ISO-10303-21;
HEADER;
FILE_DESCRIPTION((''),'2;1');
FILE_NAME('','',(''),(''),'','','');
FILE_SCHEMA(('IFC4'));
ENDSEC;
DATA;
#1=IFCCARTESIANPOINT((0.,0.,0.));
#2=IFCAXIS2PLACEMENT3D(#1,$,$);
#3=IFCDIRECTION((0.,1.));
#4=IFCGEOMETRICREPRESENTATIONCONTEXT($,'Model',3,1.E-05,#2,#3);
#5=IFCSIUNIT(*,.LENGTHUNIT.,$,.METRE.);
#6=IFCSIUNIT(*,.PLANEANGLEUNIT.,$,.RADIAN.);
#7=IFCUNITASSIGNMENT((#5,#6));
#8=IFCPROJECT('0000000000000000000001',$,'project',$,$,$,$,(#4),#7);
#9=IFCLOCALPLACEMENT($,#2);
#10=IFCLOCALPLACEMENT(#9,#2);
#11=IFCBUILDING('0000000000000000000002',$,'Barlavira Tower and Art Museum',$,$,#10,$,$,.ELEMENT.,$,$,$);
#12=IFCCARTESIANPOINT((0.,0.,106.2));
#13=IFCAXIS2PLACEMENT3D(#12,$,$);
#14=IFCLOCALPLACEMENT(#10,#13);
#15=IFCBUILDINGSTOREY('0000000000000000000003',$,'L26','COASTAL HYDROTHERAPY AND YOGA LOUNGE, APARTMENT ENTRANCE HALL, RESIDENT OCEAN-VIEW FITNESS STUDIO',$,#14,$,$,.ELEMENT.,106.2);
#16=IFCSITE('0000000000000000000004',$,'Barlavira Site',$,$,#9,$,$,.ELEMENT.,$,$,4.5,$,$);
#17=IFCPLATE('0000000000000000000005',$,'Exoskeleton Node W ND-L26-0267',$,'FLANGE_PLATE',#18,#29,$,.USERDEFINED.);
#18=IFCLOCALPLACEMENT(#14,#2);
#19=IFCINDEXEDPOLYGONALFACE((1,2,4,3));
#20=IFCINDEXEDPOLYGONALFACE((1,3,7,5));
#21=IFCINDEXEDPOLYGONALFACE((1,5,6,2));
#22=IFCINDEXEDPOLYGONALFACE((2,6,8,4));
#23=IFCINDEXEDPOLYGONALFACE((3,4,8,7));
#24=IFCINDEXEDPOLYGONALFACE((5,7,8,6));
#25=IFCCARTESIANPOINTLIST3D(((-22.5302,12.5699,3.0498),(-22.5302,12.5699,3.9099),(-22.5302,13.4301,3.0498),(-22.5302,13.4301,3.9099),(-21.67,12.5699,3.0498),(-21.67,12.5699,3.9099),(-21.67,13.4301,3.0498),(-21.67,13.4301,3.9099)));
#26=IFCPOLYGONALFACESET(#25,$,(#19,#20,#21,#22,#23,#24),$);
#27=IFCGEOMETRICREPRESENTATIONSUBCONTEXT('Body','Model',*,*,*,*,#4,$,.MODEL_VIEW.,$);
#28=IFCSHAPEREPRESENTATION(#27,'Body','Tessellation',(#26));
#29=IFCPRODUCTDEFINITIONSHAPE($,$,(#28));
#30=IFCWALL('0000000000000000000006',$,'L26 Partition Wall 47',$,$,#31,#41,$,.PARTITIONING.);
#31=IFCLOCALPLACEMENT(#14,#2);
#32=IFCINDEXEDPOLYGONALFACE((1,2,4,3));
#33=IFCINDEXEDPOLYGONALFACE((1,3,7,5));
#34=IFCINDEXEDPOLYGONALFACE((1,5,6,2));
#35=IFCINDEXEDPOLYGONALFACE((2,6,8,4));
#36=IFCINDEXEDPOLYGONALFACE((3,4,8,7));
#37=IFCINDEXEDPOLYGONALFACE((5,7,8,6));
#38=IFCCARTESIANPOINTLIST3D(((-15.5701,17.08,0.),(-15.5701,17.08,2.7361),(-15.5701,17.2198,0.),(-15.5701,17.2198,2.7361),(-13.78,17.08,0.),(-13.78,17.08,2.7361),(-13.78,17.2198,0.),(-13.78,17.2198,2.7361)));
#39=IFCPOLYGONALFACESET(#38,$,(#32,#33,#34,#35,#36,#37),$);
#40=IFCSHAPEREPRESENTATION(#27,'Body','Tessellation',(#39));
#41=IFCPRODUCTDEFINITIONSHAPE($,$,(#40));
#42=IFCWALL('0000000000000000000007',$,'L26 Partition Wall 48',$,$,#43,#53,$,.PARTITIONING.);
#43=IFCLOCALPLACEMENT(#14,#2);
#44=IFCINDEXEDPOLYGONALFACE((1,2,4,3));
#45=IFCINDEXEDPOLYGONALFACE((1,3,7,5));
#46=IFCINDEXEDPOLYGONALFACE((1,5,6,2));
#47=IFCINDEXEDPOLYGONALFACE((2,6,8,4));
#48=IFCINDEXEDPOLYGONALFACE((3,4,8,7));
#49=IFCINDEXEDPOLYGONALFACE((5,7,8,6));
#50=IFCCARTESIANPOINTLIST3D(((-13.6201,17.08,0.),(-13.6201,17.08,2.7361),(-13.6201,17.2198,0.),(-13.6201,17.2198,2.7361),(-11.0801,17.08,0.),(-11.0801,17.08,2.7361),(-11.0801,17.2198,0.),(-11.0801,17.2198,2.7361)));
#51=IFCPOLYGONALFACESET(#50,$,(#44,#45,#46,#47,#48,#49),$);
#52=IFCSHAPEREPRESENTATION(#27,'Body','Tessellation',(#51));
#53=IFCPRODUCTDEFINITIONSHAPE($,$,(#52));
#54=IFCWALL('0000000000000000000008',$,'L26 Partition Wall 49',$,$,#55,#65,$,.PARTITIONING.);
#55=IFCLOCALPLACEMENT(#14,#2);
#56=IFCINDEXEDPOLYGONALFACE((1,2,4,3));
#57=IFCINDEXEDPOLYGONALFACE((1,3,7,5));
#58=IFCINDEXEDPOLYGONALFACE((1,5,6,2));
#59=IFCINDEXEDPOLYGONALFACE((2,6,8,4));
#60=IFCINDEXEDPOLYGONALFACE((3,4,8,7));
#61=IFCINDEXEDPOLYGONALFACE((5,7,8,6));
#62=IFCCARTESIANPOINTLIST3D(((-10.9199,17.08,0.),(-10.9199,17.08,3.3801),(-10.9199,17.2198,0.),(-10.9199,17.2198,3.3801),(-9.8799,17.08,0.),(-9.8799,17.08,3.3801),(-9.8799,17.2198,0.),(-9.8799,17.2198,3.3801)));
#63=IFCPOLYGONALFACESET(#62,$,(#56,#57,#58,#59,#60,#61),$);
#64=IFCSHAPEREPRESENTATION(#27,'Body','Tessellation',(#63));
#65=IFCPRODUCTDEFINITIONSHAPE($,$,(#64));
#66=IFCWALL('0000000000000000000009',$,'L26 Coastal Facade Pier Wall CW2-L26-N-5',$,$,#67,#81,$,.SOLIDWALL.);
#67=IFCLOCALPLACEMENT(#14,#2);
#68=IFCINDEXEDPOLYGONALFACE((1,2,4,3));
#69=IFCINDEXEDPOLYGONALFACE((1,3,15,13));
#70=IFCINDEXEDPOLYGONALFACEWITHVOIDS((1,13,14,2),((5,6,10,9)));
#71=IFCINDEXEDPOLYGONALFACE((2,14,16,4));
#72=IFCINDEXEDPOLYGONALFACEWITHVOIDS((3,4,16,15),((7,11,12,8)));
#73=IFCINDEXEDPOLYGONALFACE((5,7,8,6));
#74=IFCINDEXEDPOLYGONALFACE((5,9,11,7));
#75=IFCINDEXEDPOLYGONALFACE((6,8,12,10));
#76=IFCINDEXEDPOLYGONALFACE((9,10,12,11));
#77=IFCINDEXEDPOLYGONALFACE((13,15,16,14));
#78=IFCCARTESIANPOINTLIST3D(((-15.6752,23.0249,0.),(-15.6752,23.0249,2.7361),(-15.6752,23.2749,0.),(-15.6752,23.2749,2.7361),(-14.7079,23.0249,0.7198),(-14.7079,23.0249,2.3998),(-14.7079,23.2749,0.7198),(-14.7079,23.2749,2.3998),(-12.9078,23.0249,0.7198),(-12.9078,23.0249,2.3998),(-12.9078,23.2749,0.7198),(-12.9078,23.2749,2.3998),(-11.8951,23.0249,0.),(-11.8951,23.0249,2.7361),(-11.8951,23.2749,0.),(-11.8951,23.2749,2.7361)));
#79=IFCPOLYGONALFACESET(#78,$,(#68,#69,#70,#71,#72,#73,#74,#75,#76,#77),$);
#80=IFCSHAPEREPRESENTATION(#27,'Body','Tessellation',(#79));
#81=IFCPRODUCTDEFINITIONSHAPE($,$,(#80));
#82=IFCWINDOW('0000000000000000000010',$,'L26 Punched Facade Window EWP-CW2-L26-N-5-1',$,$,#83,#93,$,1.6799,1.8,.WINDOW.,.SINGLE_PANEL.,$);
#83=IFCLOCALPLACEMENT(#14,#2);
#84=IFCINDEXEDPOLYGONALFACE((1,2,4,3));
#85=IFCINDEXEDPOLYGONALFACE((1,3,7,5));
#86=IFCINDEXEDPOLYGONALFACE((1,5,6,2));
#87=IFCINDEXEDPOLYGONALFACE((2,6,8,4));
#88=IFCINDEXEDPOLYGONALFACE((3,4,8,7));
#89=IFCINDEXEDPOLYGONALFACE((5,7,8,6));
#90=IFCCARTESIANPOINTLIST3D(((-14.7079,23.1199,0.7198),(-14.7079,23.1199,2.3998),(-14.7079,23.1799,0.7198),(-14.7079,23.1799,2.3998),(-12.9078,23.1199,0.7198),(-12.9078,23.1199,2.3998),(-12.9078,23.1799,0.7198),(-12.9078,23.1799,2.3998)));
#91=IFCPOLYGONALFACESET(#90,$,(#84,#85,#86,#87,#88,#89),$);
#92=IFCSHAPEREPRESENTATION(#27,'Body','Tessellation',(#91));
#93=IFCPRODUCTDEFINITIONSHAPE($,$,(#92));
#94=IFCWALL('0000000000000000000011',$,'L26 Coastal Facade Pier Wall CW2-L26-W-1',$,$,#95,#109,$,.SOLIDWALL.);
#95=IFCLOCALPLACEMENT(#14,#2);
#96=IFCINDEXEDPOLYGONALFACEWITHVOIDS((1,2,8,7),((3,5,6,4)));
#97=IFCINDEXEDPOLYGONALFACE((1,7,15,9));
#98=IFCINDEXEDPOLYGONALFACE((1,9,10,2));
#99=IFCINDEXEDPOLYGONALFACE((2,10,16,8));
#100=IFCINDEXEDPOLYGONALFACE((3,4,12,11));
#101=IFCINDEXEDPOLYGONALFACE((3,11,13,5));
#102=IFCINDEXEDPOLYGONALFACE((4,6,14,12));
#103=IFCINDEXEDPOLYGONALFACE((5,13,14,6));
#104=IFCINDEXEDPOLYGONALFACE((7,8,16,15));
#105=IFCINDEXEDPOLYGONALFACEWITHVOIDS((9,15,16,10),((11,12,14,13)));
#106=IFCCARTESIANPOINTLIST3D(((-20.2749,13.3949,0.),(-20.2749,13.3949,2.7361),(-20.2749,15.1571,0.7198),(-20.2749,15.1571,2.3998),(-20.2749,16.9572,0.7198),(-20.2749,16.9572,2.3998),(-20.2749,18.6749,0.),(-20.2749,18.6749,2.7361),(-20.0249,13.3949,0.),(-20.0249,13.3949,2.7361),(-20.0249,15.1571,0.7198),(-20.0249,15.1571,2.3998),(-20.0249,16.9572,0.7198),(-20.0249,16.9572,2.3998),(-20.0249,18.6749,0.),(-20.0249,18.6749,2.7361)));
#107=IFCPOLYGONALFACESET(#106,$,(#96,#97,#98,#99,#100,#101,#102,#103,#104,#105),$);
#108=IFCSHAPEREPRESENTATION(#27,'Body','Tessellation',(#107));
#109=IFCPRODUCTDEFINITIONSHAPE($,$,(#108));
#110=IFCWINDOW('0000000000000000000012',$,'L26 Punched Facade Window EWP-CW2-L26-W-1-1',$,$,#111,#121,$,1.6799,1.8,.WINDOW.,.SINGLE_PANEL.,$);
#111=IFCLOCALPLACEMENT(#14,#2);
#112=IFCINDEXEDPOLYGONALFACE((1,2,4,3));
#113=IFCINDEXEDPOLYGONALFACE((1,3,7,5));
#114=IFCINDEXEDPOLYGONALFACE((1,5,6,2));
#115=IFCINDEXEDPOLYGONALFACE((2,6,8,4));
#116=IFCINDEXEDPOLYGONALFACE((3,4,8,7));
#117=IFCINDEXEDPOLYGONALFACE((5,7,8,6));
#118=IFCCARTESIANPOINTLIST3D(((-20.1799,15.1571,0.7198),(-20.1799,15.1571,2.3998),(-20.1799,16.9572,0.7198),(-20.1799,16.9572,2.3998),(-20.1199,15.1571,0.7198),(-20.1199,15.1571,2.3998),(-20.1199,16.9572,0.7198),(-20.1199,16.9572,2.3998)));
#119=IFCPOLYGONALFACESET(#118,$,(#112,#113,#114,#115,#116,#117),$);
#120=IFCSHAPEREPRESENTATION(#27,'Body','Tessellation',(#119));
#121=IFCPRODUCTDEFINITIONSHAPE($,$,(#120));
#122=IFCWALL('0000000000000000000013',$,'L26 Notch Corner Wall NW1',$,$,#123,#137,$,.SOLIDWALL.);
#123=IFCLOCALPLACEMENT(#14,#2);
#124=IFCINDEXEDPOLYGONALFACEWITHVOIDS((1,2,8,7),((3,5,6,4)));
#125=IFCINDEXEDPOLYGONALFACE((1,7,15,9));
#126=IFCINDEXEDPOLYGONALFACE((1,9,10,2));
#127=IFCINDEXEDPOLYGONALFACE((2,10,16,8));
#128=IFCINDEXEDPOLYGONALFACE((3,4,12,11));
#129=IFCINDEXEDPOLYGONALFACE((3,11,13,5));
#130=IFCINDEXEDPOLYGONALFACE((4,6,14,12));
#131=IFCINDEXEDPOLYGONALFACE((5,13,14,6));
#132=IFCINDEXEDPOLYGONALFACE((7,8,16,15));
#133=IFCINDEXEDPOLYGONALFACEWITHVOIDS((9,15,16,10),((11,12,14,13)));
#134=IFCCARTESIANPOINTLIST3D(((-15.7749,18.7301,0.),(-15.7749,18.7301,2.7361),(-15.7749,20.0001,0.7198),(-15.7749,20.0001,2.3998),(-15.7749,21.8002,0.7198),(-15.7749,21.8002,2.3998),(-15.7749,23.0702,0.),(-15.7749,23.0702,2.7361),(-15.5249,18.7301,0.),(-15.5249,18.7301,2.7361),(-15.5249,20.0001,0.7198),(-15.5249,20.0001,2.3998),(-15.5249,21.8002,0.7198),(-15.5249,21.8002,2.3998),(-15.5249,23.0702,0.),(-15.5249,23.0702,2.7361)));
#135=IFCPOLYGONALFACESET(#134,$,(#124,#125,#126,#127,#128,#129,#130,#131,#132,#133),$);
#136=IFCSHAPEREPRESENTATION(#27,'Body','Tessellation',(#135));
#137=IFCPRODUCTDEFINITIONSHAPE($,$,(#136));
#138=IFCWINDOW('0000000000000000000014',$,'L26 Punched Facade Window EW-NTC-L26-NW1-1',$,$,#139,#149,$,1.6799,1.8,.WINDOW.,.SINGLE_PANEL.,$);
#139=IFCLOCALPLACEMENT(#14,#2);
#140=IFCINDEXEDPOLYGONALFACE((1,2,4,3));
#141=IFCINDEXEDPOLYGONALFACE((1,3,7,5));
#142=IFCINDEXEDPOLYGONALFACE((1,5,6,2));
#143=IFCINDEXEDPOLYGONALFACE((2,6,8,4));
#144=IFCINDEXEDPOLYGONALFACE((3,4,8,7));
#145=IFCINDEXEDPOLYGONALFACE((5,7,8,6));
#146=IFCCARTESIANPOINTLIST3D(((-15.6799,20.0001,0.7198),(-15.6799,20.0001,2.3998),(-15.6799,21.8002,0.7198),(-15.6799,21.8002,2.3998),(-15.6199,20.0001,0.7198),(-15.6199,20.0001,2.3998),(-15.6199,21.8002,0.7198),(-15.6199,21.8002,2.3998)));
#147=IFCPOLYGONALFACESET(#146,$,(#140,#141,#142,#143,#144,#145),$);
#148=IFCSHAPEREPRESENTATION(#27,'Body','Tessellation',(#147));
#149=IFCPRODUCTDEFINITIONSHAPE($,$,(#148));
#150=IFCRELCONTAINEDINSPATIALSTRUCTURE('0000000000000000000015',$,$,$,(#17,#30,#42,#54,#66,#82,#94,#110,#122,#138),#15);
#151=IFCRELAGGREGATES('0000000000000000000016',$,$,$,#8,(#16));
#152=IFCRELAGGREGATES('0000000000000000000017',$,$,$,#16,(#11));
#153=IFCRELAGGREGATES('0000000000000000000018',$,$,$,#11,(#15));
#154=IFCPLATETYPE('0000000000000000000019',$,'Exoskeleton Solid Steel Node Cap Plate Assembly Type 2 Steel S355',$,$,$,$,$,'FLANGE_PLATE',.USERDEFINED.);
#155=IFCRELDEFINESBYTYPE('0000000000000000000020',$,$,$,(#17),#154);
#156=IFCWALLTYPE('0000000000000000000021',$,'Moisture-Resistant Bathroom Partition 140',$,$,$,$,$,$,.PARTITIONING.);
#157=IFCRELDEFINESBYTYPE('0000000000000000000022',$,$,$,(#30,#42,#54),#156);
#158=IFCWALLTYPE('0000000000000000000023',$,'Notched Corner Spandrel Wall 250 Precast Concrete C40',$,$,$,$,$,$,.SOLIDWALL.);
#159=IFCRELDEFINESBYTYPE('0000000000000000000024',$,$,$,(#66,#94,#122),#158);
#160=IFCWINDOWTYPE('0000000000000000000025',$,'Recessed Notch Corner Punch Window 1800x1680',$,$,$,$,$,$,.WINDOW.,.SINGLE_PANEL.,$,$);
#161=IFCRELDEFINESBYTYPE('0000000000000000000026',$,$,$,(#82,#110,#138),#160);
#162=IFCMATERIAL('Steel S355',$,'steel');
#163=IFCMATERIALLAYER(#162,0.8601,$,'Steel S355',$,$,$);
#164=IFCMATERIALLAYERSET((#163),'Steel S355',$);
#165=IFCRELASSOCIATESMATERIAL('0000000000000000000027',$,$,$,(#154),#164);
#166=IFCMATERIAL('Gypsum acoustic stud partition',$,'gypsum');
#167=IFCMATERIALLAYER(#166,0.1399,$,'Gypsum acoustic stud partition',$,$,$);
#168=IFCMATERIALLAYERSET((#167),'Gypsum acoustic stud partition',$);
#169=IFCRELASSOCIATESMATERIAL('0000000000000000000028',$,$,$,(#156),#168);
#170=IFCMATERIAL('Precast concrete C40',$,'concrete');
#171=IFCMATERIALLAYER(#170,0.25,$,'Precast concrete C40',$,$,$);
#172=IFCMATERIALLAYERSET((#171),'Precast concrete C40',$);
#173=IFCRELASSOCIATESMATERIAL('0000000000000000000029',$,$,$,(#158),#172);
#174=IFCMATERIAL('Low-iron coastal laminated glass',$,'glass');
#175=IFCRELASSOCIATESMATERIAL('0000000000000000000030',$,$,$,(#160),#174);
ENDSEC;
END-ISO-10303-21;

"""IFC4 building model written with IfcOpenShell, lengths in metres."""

from ifc_helpers import new_model, si_unit, direction, frame, frame_2d, origin, origin_2d, place, context, subcontext, project, spatial, rectangle, extrude, material, layer, layer_set, type_object, element, fill, save


model = new_model("IFC4")

# Units and contexts
model_context = context("Model", 3, precision=1e-05, world=origin(), true_north=direction((0.0, 1.0)))
body_context = subcontext(model_context, "Body", "Model", "MODEL_VIEW")
ifc_project = project(units=[si_unit("LENGTHUNIT", "METRE"), si_unit("PLANEANGLEUNIT", "RADIAN")], contexts=[model_context])

# Site, building, storey
site_placement = place(None, origin())
site = spatial("IfcSite", under=ifc_project, at=site_placement, Name="Barlavira Site", CompositionType="ELEMENT", RefElevation=4.5)
building_placement = place(site_placement, origin())
building = spatial("IfcBuilding", under=site, at=building_placement, Name="Barlavira Tower and Art Museum", CompositionType="ELEMENT")
storey_placement = place(building_placement, frame((0.0, 0.0, 106.2)))
storey = spatial("IfcBuildingStorey", under=building, at=storey_placement, Name="L26", Description="COASTAL HYDROTHERAPY AND YOGA LOUNGE, APARTMENT ENTRANCE HALL, RESIDENT OCEAN-VIEW FITNESS STUDIO", CompositionType="ELEMENT", Elevation=106.2)

# Shared definitions
ifc_material_1 = material(Name="Steel S355", Category="steel")

# Plate
ifc_layer_1 = layer(ifc_material_1, 0.8601, Name="Steel S355")
ifc_layer_set_1 = layer_set([ifc_layer_1], Name="Steel S355")
plate_type = type_object("IfcPlateType", Name="Exoskeleton Solid Steel Node Cap Plate Assembly Type 2 Steel S355", ElementType="FLANGE_PLATE", PredefinedType="USERDEFINED", material=ifc_layer_set_1)
for number, where, z_axis, x_axis, name in (
    (1, (-22.1001, 13.0, 3.0498), (0.0, 0.0, 1.0), (1.0, 0.0, 0.0), "Exoskeleton Node W ND-L26-0267"),
):
    element("IfcPlate", number, at=place(storey_placement, frame(where, z_axis=z_axis, x_axis=x_axis)), inside=storey, type_object=plate_type, Name=name, ObjectType="FLANGE_PLATE", PredefinedType="USERDEFINED", context=body_context, shape_type="SweptSolid", body=[
        extrude(rectangle(XDim=0.8601, YDim=0.8601, at=origin_2d()), origin(), (0.0, 0.0, 1.0), 0.8601),
    ])

# Walls
ifc_material_2 = material(Name="Gypsum acoustic stud partition", Category="gypsum")
ifc_layer_2 = layer(ifc_material_2, 0.1399, Name="Gypsum acoustic stud partition")
ifc_layer_set_2 = layer_set([ifc_layer_2], Name="Gypsum acoustic stud partition")
wall_type_1 = type_object("IfcWallType", Name="Moisture-Resistant Bathroom Partition 140", PredefinedType="PARTITIONING", material=ifc_layer_set_2)
wall_1_placement = place(storey_placement, frame((-15.5701, 17.1499, 0.0), z_axis=(0.0, 0.0, 1.0), x_axis=(1.0, 0.0, 0.0)))
element("IfcWall", 2, at=wall_1_placement, inside=storey, type_object=wall_type_1, Name="L26 Partition Wall 47", PredefinedType="PARTITIONING", context=body_context, shape_type="SweptSolid", body=[
    extrude(rectangle(XDim=1.79, YDim=0.1399, at=frame_2d((0.895, 0.0))), origin(), (0.0, 0.0, 1.0), 2.7361),
])
wall_2_placement = place(storey_placement, frame((-13.6201, 17.1499, 0.0), z_axis=(0.0, 0.0, 1.0), x_axis=(1.0, 0.0, 0.0)))
element("IfcWall", 3, at=wall_2_placement, inside=storey, type_object=wall_type_1, Name="L26 Partition Wall 48", PredefinedType="PARTITIONING", context=body_context, shape_type="SweptSolid", body=[
    extrude(rectangle(XDim=2.54, YDim=0.1399, at=frame_2d((1.27, 0.0))), origin(), (0.0, 0.0, 1.0), 2.7361),
])
wall_3_placement = place(storey_placement, frame((-10.9199, 17.1499, 0.0), z_axis=(0.0, 0.0, 1.0), x_axis=(1.0, 0.0, 0.0)))
element("IfcWall", 4, at=wall_3_placement, inside=storey, type_object=wall_type_1, Name="L26 Partition Wall 49", PredefinedType="PARTITIONING", context=body_context, shape_type="SweptSolid", body=[
    extrude(rectangle(XDim=1.04, YDim=0.1399, at=frame_2d((0.52, 0.0))), origin(), (0.0, 0.0, 1.0), 3.3801),
])

# Walls, openings, windows
ifc_material_3 = material(Name="Precast concrete C40", Category="concrete")
ifc_layer_3 = layer(ifc_material_3, 0.25, Name="Precast concrete C40")
ifc_layer_set_3 = layer_set([ifc_layer_3], Name="Precast concrete C40")
wall_type_2 = type_object("IfcWallType", Name="Notched Corner Spandrel Wall 250 Precast Concrete C40", PredefinedType="SOLIDWALL", material=ifc_layer_set_3)
wall_4_placement = place(storey_placement, frame((-11.895, 23.1499, 0.0), z_axis=(0.0, 0.0, 1.0), x_axis=(-1.0, 0.0, 0.0)))
wall_4 = element("IfcWall", 5, at=wall_4_placement, inside=storey, type_object=wall_type_2, Name="L26 Coastal Facade Pier Wall CW2-L26-N-5", PredefinedType="SOLIDWALL", context=body_context, shape_type="SweptSolid", body=[
    extrude(rectangle(XDim=3.78, YDim=0.25, at=frame_2d((1.8901, 0.0))), origin(), (0.0, 0.0, 1.0), 2.7361),
])
opening_1_placement = place(wall_4_placement, frame((1.0129, 0.0, 0.72)))
opening_1 = element("IfcOpeningElement", 6, at=opening_1_placement, cuts=wall_4, PredefinedType="OPENING", context=body_context, shape_type="SweptSolid", body=[
    extrude(rectangle(XDim=1.8, YDim=1.6799, at=frame_2d((0.8999, 0.8398))), frame((0.0, 0.135, 0.0), z_axis=(0.0, -1.0, 0.0), x_axis=(1.0, 0.0, 0.0)), (0.0, 0.0, 1.0), 0.27),
])
ifc_material_4 = material(Name="Low-iron coastal laminated glass", Category="glass")
window_type = type_object("IfcWindowType", Name="Recessed Notch Corner Punch Window 1800x1680", PartitioningType="SINGLE_PANEL", PredefinedType="WINDOW", material=ifc_material_4)
window_1_placement = place(opening_1_placement, origin())
window_1 = element("IfcWindow", 7, at=window_1_placement, inside=storey, type_object=window_type, Name="L26 Punched Facade Window EWP-CW2-L26-N-5-1", OverallHeight=1.6799, OverallWidth=1.8, PartitioningType="SINGLE_PANEL", PredefinedType="WINDOW", context=body_context, shape_type="SweptSolid", body=[
    extrude(rectangle(XDim=1.8, YDim=1.6799, at=frame_2d((0.8999, 0.8398))), frame((0.0, 0.03, 0.0), z_axis=(0.0, -1.0, 0.0), x_axis=(1.0, 0.0, 0.0)), (0.0, 0.0, 1.0), 0.0601),
])
fill(opening_1, window_1)
wall_5_placement = place(storey_placement, frame((-20.1499, 18.675, 0.0), z_axis=(0.0, 0.0, 1.0), x_axis=(0.0, -1.0, 0.0)))
wall_5 = element("IfcWall", 8, at=wall_5_placement, inside=storey, type_object=wall_type_2, Name="L26 Coastal Facade Pier Wall CW2-L26-W-1", PredefinedType="SOLIDWALL", context=body_context, shape_type="SweptSolid", body=[
    extrude(rectangle(XDim=5.28, YDim=0.25, at=frame_2d((2.6401, 0.0))), origin(), (0.0, 0.0, 1.0), 2.7361),
])
opening_2_placement = place(wall_5_placement, frame((1.718, 0.0, 0.72)))
opening_2 = element("IfcOpeningElement", 9, at=opening_2_placement, cuts=wall_5, PredefinedType="OPENING", context=body_context, shape_type="SweptSolid", body=[
    extrude(rectangle(XDim=1.8, YDim=1.6799, at=frame_2d((0.8999, 0.8398))), frame((0.0, 0.135, 0.0), z_axis=(0.0, -1.0, 0.0), x_axis=(1.0, 0.0, 0.0)), (0.0, 0.0, 1.0), 0.27),
])
window_2_placement = place(opening_2_placement, origin())
window_2 = element("IfcWindow", 10, at=window_2_placement, inside=storey, type_object=window_type, Name="L26 Punched Facade Window EWP-CW2-L26-W-1-1", OverallHeight=1.6799, OverallWidth=1.8, PartitioningType="SINGLE_PANEL", PredefinedType="WINDOW", context=body_context, shape_type="SweptSolid", body=[
    extrude(rectangle(XDim=1.8, YDim=1.6799, at=frame_2d((0.8999, 0.8398))), frame((0.0, 0.03, 0.0), z_axis=(0.0, -1.0, 0.0), x_axis=(1.0, 0.0, 0.0)), (0.0, 0.0, 1.0), 0.0601),
])
fill(opening_2, window_2)
wall_6_placement = place(storey_placement, frame((-15.6499, 23.0701, 0.0), z_axis=(0.0, 0.0, 1.0), x_axis=(0.0, -1.0, 0.0)))
wall_6 = element("IfcWall", 11, at=wall_6_placement, inside=storey, type_object=wall_type_2, Name="L26 Notch Corner Wall NW1", PredefinedType="SOLIDWALL", context=body_context, shape_type="SweptSolid", body=[
    extrude(rectangle(XDim=4.3401, YDim=0.25, at=frame_2d((2.1699, 0.0))), origin(), (0.0, 0.0, 1.0), 2.7361),
])
opening_3_placement = place(wall_6_placement, frame((1.27, 0.0, 0.72)))
opening_3 = element("IfcOpeningElement", 12, at=opening_3_placement, cuts=wall_6, PredefinedType="OPENING", context=body_context, shape_type="SweptSolid", body=[
    extrude(rectangle(XDim=1.8, YDim=1.6799, at=frame_2d((0.8999, 0.8398))), frame((0.0, 0.135, 0.0), z_axis=(0.0, -1.0, 0.0), x_axis=(1.0, 0.0, 0.0)), (0.0, 0.0, 1.0), 0.27),
])
window_3_placement = place(opening_3_placement, origin())
window_3 = element("IfcWindow", 13, at=window_3_placement, inside=storey, type_object=window_type, Name="L26 Punched Facade Window EW-NTC-L26-NW1-1", OverallHeight=1.6799, OverallWidth=1.8, PartitioningType="SINGLE_PANEL", PredefinedType="WINDOW", context=body_context, shape_type="SweptSolid", body=[
    extrude(rectangle(XDim=1.8, YDim=1.6799, at=frame_2d((0.8999, 0.8398))), frame((0.0, 0.03, 0.0), z_axis=(0.0, -1.0, 0.0), x_axis=(1.0, 0.0, 0.0)), (0.0, 0.0, 1.0), 0.0601),
])
fill(opening_3, window_3)

save(model, "model.ifc")
